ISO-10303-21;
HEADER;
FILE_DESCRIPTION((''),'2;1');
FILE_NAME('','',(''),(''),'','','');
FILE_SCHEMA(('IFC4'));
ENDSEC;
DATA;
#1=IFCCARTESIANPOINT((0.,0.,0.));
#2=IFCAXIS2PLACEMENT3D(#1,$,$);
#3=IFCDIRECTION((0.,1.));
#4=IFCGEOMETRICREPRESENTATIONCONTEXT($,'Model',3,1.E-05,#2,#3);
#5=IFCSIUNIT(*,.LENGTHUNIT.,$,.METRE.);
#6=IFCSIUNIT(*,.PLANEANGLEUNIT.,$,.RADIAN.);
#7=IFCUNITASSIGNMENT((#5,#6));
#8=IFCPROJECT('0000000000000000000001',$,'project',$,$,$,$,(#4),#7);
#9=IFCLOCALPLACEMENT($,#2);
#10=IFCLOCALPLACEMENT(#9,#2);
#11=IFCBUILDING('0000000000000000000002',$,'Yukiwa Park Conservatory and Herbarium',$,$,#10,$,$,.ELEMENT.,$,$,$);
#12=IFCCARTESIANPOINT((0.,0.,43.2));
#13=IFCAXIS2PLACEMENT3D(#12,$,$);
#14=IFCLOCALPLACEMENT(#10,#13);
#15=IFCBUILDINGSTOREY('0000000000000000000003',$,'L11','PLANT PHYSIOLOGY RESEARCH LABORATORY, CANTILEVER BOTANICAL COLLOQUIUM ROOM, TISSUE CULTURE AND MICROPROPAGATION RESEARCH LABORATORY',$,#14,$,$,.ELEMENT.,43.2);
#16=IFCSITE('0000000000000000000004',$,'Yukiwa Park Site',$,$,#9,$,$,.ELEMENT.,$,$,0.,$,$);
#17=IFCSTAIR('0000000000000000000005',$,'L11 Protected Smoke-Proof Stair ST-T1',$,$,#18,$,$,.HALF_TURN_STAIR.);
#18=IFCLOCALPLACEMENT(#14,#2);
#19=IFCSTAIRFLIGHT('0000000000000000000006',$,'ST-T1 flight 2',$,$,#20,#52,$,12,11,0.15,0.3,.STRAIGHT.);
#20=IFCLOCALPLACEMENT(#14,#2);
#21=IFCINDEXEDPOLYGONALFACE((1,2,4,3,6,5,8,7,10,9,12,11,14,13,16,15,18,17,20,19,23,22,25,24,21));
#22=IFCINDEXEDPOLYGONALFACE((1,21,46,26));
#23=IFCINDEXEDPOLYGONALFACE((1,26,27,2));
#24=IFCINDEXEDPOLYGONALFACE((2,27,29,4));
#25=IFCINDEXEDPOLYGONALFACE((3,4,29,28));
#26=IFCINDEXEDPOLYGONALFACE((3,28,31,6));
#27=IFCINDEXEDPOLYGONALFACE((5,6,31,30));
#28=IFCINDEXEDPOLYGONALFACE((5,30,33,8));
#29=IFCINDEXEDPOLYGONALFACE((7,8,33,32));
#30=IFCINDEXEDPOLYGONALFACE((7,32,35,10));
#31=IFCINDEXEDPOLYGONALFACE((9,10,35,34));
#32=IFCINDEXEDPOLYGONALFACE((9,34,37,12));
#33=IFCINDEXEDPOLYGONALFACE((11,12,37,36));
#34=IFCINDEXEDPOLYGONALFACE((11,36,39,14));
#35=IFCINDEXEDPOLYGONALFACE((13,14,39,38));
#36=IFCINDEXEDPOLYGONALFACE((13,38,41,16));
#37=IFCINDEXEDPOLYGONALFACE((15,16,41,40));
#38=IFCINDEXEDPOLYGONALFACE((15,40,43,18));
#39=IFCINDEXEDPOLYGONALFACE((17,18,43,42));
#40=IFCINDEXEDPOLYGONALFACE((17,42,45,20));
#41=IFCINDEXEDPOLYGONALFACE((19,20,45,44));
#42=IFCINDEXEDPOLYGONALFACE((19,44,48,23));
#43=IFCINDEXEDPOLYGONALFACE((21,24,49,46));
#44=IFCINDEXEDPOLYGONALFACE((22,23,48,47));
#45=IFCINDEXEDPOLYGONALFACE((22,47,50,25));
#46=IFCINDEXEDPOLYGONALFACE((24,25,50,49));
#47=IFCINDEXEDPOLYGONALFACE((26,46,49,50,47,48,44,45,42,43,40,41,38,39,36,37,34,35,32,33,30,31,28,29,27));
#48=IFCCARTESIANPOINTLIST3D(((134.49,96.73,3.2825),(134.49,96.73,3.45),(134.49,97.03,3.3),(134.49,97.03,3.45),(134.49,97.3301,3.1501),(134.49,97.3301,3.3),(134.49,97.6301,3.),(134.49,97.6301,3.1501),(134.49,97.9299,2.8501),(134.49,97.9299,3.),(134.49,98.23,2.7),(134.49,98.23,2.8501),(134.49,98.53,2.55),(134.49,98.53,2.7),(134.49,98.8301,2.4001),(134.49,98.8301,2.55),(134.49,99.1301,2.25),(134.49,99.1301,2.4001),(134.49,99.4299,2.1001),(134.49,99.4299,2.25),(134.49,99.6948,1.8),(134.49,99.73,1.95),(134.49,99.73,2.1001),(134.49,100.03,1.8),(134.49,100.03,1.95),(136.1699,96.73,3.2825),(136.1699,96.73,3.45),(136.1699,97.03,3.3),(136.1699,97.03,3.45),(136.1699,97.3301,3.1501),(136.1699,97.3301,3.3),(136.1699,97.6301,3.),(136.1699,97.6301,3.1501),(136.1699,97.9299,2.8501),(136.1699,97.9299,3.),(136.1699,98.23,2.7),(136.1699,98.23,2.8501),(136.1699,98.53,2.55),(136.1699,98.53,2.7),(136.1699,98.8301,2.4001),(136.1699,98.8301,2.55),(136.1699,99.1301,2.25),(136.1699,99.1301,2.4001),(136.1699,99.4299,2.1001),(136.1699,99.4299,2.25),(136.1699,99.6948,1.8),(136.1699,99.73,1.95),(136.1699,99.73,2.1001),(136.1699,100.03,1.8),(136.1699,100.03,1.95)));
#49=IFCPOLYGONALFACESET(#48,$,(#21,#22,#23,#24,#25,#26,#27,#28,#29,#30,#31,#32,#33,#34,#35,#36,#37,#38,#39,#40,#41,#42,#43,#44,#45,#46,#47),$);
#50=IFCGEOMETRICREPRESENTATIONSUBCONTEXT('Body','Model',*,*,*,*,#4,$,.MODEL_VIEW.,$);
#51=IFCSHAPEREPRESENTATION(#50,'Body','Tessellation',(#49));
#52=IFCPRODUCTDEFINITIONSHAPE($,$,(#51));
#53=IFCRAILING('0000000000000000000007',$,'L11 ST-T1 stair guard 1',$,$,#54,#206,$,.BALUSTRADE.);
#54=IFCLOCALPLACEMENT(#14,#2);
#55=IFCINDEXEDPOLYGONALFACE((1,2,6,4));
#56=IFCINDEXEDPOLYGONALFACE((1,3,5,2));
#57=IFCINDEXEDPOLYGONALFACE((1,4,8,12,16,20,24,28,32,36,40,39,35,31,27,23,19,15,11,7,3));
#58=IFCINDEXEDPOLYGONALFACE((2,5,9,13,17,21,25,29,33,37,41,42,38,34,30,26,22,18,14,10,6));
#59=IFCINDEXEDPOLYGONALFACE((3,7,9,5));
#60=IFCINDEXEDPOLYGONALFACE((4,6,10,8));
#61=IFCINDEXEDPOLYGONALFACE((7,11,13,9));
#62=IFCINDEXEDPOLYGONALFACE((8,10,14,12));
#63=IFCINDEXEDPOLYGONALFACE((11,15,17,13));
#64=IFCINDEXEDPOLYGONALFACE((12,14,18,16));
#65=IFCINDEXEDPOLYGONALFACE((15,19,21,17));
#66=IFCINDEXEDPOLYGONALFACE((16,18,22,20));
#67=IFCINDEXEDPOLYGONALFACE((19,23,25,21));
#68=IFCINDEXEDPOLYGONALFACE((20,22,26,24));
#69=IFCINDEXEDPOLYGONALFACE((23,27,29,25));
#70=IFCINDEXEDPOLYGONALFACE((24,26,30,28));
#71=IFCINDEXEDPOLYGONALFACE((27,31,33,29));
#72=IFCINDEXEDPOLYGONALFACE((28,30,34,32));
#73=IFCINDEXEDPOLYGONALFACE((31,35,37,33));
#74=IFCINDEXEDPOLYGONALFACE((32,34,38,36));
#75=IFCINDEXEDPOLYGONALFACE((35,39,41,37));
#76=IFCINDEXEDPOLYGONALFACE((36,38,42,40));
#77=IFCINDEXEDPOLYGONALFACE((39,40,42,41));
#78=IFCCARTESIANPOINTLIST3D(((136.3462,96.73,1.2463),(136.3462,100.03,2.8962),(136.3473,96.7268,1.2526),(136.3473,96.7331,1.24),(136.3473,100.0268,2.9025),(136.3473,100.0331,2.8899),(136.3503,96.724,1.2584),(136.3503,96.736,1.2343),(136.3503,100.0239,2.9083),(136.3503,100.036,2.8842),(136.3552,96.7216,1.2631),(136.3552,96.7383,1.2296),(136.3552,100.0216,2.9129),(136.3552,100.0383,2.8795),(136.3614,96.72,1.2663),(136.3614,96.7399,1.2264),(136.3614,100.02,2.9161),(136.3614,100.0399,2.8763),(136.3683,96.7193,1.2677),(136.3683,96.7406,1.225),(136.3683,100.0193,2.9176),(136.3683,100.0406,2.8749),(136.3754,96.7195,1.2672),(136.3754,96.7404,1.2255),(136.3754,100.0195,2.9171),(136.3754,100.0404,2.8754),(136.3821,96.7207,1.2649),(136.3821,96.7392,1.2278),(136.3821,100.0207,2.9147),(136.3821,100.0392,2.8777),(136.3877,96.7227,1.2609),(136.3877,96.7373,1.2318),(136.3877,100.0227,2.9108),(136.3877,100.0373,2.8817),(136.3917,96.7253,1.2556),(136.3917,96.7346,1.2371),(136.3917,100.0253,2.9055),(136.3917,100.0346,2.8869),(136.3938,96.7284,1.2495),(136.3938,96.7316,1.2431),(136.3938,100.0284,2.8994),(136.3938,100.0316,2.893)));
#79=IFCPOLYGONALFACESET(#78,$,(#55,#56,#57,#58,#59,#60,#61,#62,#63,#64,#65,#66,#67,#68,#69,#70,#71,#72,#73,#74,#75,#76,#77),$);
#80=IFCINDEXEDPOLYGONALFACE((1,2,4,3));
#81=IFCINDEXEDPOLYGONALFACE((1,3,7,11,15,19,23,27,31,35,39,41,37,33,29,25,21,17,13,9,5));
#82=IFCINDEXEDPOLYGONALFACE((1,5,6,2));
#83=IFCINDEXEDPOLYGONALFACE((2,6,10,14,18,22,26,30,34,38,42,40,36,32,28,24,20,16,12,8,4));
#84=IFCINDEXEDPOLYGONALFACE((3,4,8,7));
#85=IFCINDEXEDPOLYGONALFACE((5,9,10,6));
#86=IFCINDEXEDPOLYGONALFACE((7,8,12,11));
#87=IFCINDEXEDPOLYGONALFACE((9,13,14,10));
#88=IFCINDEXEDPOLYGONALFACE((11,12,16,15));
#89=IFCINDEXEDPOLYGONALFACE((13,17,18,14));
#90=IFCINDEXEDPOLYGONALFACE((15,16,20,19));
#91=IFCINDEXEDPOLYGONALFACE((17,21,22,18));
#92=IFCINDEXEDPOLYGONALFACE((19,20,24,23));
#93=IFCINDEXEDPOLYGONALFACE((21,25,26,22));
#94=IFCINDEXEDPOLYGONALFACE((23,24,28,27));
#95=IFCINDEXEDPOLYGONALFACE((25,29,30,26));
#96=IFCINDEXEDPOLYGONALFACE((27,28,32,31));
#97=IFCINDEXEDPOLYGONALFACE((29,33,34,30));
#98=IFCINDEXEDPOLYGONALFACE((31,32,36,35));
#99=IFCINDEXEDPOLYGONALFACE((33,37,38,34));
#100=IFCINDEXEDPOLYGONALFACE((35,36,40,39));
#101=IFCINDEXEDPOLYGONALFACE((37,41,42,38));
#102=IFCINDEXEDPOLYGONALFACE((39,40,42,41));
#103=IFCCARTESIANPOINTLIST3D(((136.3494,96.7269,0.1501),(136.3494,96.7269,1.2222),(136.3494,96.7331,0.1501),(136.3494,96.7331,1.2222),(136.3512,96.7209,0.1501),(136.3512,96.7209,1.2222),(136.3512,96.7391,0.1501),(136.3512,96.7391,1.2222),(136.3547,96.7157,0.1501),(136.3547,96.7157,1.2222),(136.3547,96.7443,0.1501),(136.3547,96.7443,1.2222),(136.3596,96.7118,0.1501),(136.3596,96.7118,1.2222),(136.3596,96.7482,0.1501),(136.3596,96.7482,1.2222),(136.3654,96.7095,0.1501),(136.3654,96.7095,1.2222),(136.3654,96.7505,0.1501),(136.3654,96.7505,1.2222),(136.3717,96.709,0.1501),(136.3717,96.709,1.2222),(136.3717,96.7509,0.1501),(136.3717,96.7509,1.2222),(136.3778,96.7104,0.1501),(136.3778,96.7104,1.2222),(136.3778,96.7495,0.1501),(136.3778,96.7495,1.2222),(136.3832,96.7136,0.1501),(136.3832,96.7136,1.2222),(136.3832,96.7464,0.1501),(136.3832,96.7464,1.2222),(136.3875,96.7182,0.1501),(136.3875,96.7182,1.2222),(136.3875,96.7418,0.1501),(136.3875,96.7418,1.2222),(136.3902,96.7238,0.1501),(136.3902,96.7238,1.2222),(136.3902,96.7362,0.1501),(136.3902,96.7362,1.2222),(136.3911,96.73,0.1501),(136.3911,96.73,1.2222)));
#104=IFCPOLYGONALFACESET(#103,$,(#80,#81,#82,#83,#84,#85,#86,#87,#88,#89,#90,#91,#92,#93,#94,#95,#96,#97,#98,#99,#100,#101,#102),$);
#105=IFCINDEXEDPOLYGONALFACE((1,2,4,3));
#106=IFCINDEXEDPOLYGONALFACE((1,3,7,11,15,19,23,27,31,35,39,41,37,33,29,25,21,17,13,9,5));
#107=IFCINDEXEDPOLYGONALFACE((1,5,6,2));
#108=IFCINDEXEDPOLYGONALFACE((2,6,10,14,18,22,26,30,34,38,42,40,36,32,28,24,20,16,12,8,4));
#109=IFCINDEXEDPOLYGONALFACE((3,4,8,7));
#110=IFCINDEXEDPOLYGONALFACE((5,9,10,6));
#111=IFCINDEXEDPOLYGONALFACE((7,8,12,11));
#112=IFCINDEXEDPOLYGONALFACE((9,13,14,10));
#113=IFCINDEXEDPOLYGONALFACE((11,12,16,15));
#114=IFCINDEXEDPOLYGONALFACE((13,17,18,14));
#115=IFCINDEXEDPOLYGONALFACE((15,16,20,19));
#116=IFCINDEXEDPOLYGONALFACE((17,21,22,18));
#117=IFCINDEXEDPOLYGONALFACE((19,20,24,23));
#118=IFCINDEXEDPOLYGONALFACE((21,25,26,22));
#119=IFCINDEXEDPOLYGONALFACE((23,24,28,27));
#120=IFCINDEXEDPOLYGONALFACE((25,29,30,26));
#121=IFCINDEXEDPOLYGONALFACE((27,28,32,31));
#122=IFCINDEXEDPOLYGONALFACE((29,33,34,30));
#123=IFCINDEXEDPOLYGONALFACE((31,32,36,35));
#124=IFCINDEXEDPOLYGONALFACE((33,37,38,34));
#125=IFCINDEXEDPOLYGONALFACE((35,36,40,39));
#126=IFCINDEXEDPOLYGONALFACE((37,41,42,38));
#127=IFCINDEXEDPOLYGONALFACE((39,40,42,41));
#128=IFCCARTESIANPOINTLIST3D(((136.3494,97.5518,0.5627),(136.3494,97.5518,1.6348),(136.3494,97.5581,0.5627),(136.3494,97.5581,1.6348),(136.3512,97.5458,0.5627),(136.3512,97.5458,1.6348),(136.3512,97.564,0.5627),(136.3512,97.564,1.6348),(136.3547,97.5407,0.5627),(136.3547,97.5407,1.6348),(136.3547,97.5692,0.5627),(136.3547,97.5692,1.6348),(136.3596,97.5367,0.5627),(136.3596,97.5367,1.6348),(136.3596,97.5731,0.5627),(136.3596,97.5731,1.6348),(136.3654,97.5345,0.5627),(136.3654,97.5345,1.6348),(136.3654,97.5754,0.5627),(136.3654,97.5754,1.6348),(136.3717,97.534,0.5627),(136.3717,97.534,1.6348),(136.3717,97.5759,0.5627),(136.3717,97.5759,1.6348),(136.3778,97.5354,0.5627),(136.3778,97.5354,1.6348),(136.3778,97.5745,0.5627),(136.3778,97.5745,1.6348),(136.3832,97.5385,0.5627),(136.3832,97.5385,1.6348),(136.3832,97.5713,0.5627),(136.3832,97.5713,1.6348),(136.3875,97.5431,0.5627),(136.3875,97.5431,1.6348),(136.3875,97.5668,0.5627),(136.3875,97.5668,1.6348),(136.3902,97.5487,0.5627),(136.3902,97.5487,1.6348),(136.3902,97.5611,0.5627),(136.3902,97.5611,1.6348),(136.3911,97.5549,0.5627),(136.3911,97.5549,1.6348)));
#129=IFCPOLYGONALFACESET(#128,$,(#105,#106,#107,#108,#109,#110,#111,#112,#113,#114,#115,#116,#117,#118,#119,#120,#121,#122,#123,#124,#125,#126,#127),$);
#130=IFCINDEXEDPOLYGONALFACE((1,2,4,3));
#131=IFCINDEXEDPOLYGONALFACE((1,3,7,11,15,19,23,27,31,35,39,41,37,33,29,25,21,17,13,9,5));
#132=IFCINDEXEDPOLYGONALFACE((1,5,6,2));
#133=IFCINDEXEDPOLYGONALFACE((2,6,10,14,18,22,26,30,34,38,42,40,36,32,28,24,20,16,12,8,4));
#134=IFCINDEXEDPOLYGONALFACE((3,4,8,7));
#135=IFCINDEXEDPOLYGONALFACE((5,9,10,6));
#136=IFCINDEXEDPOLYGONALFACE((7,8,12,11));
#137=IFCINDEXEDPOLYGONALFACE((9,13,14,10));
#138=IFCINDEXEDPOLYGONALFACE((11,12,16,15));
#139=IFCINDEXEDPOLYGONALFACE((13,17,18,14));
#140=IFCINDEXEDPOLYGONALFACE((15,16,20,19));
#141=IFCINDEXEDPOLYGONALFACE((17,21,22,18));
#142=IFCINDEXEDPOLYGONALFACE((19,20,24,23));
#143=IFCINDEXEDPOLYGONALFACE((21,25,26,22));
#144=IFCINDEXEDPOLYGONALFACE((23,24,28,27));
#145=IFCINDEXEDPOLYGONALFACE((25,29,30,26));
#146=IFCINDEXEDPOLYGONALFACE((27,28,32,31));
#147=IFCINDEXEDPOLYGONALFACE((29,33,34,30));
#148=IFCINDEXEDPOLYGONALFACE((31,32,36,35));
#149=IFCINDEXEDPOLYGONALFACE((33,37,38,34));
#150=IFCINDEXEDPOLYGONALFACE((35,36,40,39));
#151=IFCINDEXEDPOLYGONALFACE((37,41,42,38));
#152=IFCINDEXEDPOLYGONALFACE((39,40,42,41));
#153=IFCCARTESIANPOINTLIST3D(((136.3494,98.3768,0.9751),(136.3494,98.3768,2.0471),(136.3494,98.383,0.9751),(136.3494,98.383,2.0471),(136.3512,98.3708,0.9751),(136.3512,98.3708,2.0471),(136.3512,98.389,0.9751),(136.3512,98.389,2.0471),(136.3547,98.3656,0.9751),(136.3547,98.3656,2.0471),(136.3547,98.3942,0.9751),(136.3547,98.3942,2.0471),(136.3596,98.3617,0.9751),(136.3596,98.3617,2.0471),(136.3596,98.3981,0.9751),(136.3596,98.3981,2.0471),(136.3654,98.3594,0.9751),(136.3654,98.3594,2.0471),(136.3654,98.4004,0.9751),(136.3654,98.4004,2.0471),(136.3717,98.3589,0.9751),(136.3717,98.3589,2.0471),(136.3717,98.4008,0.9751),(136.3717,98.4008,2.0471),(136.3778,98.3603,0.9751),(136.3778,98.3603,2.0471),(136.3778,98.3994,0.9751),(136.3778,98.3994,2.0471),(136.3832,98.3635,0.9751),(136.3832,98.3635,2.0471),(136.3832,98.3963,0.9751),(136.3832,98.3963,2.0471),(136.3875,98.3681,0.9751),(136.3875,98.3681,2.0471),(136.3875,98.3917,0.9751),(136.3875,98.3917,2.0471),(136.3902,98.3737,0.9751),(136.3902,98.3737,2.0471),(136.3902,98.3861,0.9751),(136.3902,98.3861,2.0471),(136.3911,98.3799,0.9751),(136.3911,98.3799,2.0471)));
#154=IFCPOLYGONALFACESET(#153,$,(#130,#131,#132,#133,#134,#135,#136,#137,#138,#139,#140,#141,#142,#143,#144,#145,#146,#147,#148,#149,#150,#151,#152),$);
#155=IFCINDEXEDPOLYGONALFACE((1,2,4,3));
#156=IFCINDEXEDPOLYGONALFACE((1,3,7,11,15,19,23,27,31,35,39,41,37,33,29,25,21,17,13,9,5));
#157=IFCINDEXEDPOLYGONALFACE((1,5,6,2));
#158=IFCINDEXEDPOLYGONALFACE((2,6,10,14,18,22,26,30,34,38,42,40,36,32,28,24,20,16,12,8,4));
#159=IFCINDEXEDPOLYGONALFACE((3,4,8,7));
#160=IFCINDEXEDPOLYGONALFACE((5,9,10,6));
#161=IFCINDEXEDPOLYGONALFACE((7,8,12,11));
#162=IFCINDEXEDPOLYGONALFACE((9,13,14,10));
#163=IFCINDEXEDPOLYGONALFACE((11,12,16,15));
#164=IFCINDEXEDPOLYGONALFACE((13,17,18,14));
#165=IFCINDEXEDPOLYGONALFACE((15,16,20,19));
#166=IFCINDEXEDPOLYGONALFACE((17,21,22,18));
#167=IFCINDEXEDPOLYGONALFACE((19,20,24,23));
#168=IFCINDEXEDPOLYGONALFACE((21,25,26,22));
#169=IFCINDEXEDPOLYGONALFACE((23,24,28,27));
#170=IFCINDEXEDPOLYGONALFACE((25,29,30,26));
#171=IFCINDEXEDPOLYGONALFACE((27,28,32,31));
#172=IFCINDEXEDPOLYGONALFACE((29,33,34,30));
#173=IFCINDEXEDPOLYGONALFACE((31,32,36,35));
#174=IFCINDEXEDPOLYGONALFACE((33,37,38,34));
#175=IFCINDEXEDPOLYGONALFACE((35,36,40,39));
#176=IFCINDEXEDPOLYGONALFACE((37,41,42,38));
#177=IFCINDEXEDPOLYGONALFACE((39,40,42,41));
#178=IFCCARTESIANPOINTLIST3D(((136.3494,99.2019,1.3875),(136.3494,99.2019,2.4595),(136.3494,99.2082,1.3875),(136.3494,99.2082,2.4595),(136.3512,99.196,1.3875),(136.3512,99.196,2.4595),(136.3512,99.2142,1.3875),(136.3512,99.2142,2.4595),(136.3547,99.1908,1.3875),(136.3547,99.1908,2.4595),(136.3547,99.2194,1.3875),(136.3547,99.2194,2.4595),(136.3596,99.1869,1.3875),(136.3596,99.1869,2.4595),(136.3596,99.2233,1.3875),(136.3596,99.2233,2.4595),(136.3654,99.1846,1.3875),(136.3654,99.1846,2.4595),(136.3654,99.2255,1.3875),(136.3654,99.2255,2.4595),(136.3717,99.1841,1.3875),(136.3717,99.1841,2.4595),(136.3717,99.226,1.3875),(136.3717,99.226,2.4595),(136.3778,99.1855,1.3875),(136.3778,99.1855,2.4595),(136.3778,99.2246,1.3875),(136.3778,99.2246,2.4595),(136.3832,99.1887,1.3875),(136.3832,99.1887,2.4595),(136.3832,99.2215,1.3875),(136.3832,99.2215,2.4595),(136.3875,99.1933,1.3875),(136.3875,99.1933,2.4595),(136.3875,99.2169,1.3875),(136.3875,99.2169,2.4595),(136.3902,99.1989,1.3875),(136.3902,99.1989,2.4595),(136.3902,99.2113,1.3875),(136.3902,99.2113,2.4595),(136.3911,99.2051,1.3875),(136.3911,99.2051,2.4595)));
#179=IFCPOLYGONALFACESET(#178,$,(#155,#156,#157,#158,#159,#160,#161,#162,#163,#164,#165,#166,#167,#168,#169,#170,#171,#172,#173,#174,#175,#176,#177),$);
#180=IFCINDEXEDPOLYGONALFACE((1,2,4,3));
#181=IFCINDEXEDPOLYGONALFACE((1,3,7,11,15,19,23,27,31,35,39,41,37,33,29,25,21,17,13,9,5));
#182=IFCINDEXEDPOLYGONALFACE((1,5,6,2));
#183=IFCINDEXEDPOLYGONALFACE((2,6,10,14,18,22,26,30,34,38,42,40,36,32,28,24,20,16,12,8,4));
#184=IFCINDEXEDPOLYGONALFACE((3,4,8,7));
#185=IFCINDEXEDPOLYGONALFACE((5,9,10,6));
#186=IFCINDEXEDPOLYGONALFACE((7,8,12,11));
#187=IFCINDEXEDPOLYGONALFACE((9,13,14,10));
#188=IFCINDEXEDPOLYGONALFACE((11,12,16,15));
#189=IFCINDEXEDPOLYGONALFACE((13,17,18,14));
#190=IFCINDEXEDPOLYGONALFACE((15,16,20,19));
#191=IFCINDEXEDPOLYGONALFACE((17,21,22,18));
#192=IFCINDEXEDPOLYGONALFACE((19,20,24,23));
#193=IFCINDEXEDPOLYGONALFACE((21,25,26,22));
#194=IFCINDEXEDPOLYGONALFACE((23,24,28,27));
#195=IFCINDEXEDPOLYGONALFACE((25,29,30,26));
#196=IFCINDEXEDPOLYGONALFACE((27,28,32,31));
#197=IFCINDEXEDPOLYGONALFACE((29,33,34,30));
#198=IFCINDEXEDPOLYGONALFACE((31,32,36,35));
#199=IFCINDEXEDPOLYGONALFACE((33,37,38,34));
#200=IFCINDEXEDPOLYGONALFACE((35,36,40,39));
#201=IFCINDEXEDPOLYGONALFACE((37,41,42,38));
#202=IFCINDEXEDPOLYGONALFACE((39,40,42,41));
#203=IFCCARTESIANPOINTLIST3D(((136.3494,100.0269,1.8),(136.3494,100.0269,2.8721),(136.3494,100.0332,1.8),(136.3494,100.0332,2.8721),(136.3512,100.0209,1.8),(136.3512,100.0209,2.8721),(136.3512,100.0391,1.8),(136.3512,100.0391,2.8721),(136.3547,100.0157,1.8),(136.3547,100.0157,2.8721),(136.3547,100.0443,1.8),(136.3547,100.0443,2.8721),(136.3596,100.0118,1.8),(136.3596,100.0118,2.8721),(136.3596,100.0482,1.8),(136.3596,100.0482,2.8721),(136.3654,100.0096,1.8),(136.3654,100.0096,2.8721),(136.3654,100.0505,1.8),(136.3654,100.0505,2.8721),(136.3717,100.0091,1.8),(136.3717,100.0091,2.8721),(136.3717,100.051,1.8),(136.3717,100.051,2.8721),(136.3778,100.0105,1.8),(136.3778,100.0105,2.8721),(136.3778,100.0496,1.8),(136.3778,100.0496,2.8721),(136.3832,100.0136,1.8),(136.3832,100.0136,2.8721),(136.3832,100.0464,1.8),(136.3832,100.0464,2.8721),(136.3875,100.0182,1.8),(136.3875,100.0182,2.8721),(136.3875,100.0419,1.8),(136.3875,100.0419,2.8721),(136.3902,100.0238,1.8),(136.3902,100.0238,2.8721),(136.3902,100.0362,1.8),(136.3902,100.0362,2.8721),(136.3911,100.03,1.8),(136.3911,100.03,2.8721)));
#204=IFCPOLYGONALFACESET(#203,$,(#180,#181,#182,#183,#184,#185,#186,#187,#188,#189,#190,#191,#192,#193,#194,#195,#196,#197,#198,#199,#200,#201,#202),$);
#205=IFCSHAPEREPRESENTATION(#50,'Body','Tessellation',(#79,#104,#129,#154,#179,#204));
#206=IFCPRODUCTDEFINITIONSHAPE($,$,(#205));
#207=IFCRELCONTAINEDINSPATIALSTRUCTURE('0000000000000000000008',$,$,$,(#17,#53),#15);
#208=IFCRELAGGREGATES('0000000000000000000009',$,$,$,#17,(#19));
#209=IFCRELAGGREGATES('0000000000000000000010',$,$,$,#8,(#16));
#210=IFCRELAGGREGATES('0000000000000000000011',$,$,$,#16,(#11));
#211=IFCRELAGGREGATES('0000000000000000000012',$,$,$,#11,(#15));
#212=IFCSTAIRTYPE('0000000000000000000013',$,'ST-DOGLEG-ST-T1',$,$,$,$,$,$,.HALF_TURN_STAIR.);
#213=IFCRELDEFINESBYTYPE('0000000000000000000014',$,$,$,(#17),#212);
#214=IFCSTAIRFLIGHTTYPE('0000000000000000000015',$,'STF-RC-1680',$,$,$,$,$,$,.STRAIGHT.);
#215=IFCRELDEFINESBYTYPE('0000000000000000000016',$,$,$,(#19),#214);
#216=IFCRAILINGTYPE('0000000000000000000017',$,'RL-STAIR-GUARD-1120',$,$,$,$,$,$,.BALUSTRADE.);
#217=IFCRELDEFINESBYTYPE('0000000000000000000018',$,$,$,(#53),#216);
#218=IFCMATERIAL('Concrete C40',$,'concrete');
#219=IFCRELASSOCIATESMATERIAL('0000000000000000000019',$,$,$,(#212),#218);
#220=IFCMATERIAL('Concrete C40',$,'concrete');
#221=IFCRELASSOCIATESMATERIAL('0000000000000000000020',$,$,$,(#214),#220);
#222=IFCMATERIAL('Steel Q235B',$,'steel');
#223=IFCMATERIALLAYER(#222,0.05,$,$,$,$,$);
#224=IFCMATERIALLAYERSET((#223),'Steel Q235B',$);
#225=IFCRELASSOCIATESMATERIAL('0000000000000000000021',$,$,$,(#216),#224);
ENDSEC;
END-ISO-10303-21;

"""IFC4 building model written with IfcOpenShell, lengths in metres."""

from ifc_helpers import new_model, si_unit, direction, frame, origin, origin_2d, place, context, subcontext, project, spatial, polyline, circle, outline, extrude, material, layer, layer_set, type_object, element, aggregate, save


model = new_model("IFC4")

# Units and contexts
model_context = context("Model", 3, precision=1e-05, world=origin(), true_north=direction((0.0, 1.0)))
body_context = subcontext(model_context, "Body", "Model", "MODEL_VIEW")
ifc_project = project(units=[si_unit("LENGTHUNIT", "METRE"), si_unit("PLANEANGLEUNIT", "RADIAN")], contexts=[model_context])

# Site, building, storey
site_placement = place(None, origin())
site = spatial("IfcSite", under=ifc_project, at=site_placement, Name="Yukiwa Park Site", CompositionType="ELEMENT", RefElevation=0.0)
building_placement = place(site_placement, origin())
building = spatial("IfcBuilding", under=site, at=building_placement, Name="Yukiwa Park Conservatory and Herbarium", CompositionType="ELEMENT")
storey_placement = place(building_placement, frame((0.0, 0.0, 43.2)))
storey = spatial("IfcBuildingStorey", under=building, at=storey_placement, Name="L11", Description="PLANT PHYSIOLOGY RESEARCH LABORATORY, CANTILEVER BOTANICAL COLLOQUIUM ROOM, TISSUE CULTURE AND MICROPROPAGATION RESEARCH LABORATORY", CompositionType="ELEMENT", Elevation=43.2)

# Stair, stair flight
ifc_material_1 = material(Name="Concrete C40", Category="concrete")
stair_type = type_object("IfcStairType", Name="ST-DOGLEG-ST-T1", PredefinedType="HALF_TURN_STAIR", material=ifc_material_1)
stair_placement = place(storey_placement, origin())
stair = element("IfcStair", 1, at=stair_placement, inside=storey, type_object=stair_type, Name="L11 Protected Smoke-Proof Stair ST-T1", PredefinedType="HALF_TURN_STAIR")
ifc_material_2 = material(Name="Concrete C40", Category="concrete")
stair_flight_type = type_object("IfcStairFlightType", Name="STF-RC-1680", PredefinedType="STRAIGHT", material=ifc_material_2)
stair_flight_1_placement = place(storey_placement, frame((135.3301, 100.03, 1.8), z_axis=(0.0, 0.0, 1.0), x_axis=(0.0, -1.0, 0.0)))
stair_flight_1 = element("IfcStairFlight", 2, at=stair_flight_1_placement, type_object=stair_flight_type, Name="ST-T1 flight 2", NumberOfRisers=12, NumberOfTreads=11, PredefinedType="STRAIGHT", RiserHeight=0.15, TreadLength=0.3, context=body_context, shape_type="SweptSolid", body=[
    extrude(outline(polyline([(0.0, 0.0), (0.0, 0.1499), (0.3, 0.1499), (0.3, 0.3), (0.6001, 0.3), (0.6001, 0.45), (0.8999, 0.45), (0.8999, 0.6001), (1.2, 0.6001), (1.2, 0.75), (1.5, 0.75), (1.5, 0.8999), (1.8, 0.8999), (1.8, 1.05), (2.1001, 1.05), (2.1001, 1.2), (2.3999, 1.2), (2.3999, 1.3501), (2.7, 1.3501), (2.7, 1.5), (3.0, 1.5), (3.0, 1.6499), (3.3, 1.6499), (3.3, 1.8), (3.3, 1.4824), (0.3352, 0.0), (0.0, 0.0)])), frame((0.0, 0.8398, 0.0), z_axis=(0.0, -1.0, 0.0), x_axis=(1.0, 0.0, 0.0)), (0.0, 0.0, 1.0), 1.6799),
])
aggregate(stair, [stair_flight_1])

# Railing
ifc_material_3 = material(Name="Steel Q235B", Category="steel")
ifc_layer_1 = layer(ifc_material_3, 0.05)
ifc_layer_set_1 = layer_set([ifc_layer_1], Name="Steel Q235B")
railing_type_1 = type_object("IfcRailingType", Name="RL-STAIR-GUARD-1120", PredefinedType="BALUSTRADE", material=ifc_layer_set_1)
railing_1_placement = place(storey_placement, frame((136.3701, 96.73, 0.1501)))
element("IfcRailing", 3, at=railing_1_placement, inside=storey, type_object=railing_type_1, Name="L11 ST-T1 stair guard 1", PredefinedType="BALUSTRADE", context=body_context, shape_type="SweptSolid", body=[
    extrude(circle(Radius=0.0239, at=origin_2d()), frame((0.0, 0.0, 1.0962), z_axis=(0.0, 0.89444, 0.447187), x_axis=(-1.0, 0.0, 0.0)), (0.0, 0.0, 1.0), 3.6895),
    extrude(circle(Radius=0.021, at=origin_2d()), origin(), (0.0, 0.0, 1.0), 1.072),
    extrude(circle(Radius=0.021, at=origin_2d()), frame((0.0, 0.825, 0.4126)), (0.0, 0.0, 1.0), 1.072),
    extrude(circle(Radius=0.021, at=origin_2d()), frame((0.0, 1.6499, 0.825)), (0.0, 0.0, 1.0), 1.072),
    extrude(circle(Radius=0.021, at=origin_2d()), frame((0.0, 2.4751, 1.2373)), (0.0, 0.0, 1.0), 1.072),
    extrude(circle(Radius=0.021, at=origin_2d()), frame((0.0, 3.3, 1.6499)), (0.0, 0.0, 1.0), 1.072),
])

save(model, "model.ifc")
